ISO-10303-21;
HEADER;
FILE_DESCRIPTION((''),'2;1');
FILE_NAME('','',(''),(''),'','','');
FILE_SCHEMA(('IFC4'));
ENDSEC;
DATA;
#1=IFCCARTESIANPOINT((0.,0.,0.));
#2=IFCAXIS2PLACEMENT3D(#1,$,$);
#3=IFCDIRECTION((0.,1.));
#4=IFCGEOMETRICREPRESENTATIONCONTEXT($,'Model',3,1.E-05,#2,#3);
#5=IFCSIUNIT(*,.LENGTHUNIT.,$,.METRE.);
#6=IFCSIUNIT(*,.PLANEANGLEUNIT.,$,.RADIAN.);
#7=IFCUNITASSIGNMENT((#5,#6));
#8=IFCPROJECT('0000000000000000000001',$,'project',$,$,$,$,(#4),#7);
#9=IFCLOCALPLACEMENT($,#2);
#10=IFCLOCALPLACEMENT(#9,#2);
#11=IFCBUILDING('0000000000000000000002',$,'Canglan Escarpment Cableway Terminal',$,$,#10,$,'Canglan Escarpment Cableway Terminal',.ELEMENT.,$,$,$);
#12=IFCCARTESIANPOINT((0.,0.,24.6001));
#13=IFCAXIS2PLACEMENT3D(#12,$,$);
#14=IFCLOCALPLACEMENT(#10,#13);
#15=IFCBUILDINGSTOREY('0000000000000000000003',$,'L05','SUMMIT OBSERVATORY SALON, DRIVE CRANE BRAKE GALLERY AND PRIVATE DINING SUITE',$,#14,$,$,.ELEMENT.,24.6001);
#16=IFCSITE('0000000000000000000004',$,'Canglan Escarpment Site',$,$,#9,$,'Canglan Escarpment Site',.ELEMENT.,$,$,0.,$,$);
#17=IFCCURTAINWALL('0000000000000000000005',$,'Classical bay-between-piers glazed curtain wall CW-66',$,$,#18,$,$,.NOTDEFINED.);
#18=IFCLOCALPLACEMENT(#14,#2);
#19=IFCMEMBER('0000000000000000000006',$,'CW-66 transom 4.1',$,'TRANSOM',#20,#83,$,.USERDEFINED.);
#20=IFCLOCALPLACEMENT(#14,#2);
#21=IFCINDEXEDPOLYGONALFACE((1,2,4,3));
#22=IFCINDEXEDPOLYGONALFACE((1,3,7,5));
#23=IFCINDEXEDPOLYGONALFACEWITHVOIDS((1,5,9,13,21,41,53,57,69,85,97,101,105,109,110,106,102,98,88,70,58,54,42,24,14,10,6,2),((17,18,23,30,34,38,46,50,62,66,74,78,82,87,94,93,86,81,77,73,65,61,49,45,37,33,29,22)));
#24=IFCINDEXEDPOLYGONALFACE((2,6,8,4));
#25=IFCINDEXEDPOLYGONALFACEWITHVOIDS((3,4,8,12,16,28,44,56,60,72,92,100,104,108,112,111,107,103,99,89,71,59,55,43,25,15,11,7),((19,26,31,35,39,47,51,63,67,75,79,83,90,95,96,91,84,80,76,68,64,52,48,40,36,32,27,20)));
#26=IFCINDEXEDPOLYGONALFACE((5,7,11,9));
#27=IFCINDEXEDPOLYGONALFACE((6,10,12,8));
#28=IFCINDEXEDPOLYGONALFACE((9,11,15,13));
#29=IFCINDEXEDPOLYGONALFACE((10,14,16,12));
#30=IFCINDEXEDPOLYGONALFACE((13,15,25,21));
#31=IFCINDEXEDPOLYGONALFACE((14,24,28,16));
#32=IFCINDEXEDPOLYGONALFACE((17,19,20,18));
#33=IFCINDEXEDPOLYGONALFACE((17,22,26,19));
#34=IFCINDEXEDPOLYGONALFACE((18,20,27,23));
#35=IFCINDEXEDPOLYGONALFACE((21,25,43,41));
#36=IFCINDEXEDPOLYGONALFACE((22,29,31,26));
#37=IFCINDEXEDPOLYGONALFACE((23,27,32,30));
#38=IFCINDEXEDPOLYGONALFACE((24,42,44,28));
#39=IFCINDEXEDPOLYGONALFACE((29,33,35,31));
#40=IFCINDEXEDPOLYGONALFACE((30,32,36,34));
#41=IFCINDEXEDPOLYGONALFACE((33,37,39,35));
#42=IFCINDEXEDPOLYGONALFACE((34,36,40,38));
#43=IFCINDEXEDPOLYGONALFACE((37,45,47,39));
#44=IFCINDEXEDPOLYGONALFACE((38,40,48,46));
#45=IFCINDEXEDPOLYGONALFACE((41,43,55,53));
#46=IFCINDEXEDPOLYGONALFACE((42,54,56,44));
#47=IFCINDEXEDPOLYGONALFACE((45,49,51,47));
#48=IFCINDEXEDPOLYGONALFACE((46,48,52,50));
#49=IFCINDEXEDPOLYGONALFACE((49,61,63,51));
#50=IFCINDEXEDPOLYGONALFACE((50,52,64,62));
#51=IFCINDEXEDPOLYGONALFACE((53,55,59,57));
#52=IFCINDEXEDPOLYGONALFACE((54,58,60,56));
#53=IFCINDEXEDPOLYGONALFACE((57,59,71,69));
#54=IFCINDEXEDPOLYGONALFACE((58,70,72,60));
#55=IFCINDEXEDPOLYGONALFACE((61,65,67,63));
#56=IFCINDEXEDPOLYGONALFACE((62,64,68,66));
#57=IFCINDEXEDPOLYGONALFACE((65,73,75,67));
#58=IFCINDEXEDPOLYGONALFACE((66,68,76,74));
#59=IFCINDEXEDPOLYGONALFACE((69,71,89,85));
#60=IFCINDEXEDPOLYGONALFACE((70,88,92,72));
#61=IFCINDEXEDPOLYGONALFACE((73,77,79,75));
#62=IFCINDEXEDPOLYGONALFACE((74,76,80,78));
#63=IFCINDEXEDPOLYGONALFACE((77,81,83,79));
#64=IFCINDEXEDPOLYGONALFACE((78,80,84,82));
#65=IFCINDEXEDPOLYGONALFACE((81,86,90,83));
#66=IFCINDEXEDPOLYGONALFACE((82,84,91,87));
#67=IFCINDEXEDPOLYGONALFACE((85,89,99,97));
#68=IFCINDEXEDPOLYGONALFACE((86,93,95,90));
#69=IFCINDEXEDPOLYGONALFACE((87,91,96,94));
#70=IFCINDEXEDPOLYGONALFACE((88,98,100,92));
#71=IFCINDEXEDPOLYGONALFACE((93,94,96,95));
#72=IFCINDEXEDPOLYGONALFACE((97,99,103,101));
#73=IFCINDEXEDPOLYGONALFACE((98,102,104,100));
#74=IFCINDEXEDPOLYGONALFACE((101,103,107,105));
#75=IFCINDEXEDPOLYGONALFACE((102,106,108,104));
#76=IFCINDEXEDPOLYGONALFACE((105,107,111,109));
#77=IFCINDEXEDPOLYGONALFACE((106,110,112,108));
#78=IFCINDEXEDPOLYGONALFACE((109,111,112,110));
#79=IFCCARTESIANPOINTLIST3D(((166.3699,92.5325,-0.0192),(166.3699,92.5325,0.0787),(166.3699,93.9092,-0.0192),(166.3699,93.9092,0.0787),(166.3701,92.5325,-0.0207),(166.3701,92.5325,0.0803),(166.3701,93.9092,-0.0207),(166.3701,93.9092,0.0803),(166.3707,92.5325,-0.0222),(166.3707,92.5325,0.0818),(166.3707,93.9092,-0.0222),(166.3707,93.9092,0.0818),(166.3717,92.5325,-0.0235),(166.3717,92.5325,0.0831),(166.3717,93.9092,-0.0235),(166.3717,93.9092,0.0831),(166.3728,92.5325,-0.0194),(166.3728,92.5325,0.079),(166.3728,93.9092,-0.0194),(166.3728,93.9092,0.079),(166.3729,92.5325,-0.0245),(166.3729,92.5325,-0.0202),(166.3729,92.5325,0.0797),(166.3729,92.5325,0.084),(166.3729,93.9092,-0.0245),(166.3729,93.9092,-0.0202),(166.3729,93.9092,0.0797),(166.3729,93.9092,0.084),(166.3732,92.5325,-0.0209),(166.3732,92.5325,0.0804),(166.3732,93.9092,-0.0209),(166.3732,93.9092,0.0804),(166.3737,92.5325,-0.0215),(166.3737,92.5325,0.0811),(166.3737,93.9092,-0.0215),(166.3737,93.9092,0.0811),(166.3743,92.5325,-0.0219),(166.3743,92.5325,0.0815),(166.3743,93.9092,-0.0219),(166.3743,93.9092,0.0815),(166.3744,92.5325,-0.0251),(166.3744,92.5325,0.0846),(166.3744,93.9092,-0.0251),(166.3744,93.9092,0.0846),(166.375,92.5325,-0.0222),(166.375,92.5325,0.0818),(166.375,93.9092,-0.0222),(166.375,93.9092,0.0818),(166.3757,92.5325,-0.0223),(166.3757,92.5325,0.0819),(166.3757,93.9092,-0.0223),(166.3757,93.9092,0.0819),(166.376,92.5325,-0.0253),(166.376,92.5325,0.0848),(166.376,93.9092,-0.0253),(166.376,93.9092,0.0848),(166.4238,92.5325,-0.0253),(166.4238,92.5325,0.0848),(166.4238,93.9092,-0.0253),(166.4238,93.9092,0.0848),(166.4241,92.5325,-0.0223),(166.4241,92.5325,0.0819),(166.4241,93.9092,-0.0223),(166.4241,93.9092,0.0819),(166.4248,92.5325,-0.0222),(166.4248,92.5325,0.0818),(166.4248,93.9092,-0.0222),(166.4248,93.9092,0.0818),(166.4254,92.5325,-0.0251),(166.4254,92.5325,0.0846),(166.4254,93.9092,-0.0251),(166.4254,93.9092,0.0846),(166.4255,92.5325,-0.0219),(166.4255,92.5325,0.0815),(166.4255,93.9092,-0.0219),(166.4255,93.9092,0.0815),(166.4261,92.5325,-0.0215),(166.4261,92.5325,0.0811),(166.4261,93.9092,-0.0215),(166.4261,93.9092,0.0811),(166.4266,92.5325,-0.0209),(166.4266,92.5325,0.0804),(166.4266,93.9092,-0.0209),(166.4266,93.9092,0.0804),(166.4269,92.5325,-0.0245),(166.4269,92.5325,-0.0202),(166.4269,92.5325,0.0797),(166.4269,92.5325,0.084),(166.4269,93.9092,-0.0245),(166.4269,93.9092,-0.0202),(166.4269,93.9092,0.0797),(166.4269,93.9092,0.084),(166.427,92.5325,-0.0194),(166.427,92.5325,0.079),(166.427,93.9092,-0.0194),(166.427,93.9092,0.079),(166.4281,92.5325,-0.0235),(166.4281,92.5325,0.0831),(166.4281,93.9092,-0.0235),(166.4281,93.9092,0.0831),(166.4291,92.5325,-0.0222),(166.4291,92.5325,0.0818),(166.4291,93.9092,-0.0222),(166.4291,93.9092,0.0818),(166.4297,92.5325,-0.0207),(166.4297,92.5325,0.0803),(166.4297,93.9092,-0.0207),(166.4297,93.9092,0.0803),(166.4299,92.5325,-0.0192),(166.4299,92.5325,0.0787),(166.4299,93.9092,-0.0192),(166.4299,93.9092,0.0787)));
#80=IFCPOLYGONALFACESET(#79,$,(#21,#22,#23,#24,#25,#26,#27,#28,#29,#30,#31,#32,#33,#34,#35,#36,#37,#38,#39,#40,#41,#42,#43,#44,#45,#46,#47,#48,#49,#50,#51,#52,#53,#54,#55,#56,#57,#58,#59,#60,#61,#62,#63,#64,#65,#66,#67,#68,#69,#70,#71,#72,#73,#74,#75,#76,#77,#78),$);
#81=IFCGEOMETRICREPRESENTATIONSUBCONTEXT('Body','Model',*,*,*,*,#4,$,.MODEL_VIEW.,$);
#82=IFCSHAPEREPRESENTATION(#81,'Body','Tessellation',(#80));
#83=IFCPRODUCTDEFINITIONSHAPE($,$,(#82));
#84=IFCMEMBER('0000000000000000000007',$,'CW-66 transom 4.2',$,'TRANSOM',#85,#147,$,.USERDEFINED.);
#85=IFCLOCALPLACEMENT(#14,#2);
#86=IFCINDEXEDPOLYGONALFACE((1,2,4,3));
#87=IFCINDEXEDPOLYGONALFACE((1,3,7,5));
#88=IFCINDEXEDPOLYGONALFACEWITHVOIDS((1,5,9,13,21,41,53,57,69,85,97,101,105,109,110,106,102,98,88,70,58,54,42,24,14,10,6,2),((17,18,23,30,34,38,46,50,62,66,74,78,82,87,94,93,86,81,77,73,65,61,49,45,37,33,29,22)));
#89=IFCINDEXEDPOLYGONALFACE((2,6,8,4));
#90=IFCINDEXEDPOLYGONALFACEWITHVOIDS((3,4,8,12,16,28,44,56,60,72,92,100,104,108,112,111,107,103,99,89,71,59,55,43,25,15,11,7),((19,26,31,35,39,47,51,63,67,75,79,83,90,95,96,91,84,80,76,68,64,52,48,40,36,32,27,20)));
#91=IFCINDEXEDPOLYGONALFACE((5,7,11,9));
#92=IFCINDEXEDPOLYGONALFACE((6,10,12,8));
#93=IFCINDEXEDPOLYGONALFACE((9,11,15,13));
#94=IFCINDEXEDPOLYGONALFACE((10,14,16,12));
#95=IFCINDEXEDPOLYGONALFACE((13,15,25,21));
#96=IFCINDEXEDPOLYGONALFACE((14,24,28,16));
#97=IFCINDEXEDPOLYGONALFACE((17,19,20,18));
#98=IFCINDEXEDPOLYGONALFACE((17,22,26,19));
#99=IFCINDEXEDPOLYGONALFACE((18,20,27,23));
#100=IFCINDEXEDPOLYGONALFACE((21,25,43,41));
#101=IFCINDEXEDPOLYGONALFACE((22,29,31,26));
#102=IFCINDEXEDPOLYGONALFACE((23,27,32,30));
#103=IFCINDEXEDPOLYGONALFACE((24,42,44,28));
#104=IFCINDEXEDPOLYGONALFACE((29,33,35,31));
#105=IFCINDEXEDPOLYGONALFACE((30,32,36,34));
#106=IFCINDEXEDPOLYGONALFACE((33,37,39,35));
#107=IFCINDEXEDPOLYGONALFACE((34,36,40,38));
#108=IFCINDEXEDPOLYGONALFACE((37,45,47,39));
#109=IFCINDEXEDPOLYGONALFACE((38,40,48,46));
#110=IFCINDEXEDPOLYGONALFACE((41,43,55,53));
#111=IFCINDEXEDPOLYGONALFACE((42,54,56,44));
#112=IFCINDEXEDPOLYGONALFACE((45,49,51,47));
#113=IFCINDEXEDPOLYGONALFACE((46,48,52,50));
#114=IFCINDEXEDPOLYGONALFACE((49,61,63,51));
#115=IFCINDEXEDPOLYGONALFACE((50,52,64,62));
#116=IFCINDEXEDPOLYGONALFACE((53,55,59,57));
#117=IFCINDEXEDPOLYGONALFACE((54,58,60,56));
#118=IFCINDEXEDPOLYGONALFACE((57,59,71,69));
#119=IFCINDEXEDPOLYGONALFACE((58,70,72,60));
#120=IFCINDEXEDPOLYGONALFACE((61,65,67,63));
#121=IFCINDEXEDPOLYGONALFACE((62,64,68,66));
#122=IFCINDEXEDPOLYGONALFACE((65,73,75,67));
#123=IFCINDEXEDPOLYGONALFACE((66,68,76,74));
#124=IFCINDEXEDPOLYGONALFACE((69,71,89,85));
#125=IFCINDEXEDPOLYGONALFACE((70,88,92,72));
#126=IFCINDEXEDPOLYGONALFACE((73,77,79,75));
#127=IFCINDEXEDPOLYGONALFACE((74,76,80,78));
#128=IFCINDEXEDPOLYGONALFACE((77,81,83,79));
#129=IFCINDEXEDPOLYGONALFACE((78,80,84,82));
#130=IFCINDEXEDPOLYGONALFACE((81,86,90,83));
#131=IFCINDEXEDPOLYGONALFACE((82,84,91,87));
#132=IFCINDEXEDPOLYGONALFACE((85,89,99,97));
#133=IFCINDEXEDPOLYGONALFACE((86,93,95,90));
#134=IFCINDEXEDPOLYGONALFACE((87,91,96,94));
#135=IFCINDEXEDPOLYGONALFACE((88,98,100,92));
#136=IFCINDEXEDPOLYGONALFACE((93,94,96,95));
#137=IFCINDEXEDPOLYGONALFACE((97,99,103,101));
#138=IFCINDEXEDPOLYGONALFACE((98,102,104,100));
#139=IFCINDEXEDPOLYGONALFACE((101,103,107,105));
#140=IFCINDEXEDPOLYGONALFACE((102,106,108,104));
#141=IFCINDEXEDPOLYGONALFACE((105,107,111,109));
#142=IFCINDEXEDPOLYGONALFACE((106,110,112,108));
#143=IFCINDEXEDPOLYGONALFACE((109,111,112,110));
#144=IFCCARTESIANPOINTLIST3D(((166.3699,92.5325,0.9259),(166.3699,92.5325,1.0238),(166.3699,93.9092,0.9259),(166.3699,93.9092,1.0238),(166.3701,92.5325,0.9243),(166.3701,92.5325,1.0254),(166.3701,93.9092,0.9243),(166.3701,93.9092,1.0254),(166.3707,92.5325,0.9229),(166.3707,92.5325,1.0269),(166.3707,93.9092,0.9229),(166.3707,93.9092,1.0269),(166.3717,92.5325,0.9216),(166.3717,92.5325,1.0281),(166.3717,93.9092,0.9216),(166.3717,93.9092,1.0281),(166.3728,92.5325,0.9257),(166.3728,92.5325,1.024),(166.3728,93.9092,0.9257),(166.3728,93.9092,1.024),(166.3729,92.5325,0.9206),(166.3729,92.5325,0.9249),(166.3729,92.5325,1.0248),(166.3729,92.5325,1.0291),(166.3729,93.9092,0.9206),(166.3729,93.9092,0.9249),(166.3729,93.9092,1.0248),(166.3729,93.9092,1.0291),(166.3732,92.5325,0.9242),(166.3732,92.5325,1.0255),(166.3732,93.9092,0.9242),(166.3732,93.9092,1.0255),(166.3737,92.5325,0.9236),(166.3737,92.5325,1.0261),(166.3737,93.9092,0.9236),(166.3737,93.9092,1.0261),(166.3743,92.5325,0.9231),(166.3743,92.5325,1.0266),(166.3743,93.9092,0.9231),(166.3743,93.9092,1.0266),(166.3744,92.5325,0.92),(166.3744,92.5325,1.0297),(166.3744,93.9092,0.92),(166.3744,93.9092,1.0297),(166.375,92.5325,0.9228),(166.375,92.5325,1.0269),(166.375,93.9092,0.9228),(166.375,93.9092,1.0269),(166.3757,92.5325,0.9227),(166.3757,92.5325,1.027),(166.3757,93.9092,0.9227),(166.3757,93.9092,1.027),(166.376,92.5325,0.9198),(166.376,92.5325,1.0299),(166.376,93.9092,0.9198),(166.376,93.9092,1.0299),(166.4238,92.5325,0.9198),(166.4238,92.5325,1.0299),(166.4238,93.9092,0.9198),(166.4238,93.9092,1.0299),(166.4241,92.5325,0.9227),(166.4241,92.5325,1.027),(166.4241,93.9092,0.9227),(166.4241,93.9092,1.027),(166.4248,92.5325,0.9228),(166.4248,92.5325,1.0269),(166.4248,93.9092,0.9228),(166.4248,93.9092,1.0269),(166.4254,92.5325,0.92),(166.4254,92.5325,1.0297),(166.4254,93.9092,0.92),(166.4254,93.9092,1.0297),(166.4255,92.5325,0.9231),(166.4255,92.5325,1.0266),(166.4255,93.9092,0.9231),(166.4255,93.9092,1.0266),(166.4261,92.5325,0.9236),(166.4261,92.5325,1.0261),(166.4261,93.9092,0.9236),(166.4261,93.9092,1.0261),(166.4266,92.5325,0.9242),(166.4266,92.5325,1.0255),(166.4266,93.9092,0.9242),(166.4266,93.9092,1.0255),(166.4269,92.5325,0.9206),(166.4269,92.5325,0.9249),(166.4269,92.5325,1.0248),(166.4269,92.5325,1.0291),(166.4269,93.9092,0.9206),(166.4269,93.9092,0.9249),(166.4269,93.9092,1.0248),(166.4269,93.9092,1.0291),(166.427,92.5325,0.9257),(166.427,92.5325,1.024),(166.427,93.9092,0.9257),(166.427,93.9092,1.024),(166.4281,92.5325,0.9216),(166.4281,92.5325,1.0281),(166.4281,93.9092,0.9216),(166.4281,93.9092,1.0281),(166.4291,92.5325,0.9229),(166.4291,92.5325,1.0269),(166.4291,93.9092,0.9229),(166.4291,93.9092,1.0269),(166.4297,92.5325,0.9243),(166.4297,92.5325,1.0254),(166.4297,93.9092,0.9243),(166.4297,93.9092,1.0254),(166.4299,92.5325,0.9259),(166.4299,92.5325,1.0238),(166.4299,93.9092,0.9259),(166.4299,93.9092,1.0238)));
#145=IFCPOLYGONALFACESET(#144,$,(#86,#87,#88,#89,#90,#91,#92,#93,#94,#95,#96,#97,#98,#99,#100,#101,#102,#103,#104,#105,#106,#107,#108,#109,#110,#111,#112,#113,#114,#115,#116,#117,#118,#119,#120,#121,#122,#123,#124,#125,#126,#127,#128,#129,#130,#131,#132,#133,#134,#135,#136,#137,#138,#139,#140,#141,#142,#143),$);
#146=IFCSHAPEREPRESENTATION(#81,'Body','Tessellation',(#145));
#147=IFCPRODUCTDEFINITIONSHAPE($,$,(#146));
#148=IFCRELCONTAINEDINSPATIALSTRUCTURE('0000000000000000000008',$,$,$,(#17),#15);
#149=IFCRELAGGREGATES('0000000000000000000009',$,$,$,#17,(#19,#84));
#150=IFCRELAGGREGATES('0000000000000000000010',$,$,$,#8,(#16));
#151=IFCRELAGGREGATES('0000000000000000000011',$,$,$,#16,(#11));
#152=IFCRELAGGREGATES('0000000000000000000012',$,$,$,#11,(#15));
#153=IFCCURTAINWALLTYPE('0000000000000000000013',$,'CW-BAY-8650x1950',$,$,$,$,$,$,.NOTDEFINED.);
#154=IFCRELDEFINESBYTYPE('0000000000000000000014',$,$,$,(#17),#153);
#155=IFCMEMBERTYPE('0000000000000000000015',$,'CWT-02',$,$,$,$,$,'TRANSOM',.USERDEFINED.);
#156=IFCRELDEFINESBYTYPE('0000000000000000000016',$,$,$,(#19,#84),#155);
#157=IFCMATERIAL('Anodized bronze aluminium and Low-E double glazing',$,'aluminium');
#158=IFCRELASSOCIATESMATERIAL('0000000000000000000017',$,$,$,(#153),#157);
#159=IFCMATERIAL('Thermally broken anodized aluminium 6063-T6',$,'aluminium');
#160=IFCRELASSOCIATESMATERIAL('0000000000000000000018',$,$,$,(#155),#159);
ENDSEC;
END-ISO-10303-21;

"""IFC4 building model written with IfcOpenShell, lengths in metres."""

from ifc_helpers import new_model, si_unit, direction, frame, origin, origin_2d, place, context, subcontext, project, spatial, hollow_rectangle, extrude, material, material_profile, profile_set, type_object, element, aggregate, save


model = new_model("IFC4")

# Units and contexts
model_context = context("Model", 3, precision=1e-05, world=origin(), true_north=direction((0.0, 1.0)))
body_context = subcontext(model_context, "Body", "Model", "MODEL_VIEW")
ifc_project = project(units=[si_unit("LENGTHUNIT", "METRE"), si_unit("PLANEANGLEUNIT", "RADIAN")], contexts=[model_context])

# Site, building, storey
site_placement = place(None, origin())
site = spatial("IfcSite", under=ifc_project, at=site_placement, Name="Canglan Escarpment Site", LongName="Canglan Escarpment Site", CompositionType="ELEMENT", RefElevation=0.0)
building_placement = place(site_placement, origin())
building = spatial("IfcBuilding", under=site, at=building_placement, Name="Canglan Escarpment Cableway Terminal", LongName="Canglan Escarpment Cableway Terminal", CompositionType="ELEMENT")
storey_placement = place(building_placement, frame((0.0, 0.0, 24.6001)))
storey = spatial("IfcBuildingStorey", under=building, at=storey_placement, Name="L05", Description="SUMMIT OBSERVATORY SALON, DRIVE CRANE BRAKE GALLERY AND PRIVATE DINING SUITE", CompositionType="ELEMENT", Elevation=24.6001)

# Curtain wall
ifc_material_1 = material(Name="Anodized bronze aluminium and Low-E double glazing", Category="aluminium")
curtain_wall_type = type_object("IfcCurtainWallType", Name="CW-BAY-8650x1950", PredefinedType="NOTDEFINED", material=ifc_material_1)
curtain_wall_1_placement = place(storey_placement, origin())
curtain_wall_1 = element("IfcCurtainWall", 1, at=curtain_wall_1_placement, inside=storey, type_object=curtain_wall_type, Name="Classical bay-between-piers glazed curtain wall CW-66", PredefinedType="NOTDEFINED")
ifc_material_2 = material(Name="Thermally broken anodized aluminium 6063-T6", Category="aluminium")

# Members
ifc_material_profile_1 = material_profile(ifc_material_2, hollow_rectangle(XDim=0.0601, YDim=0.1101, WallThickness=0.0029, InnerFilletRadius=0.0029, OuterFilletRadius=0.0061, at=origin_2d()), Name="ALU-TRAN 60x110x3")
ifc_profile_set_1 = profile_set([ifc_material_profile_1], Name="Thermally broken anodized aluminium 6063-T6")
member_type_1 = type_object("IfcMemberType", Name="CWT-02", ElementType="TRANSOM", PredefinedType="USERDEFINED", material=ifc_profile_set_1)
member_1_placement = place(storey_placement, frame((166.3999, 92.5325, 0.0298), z_axis=(0.0, 1.0, 0.0), x_axis=(-1.0, 0.0, 0.0)))
member_1 = element("IfcMember", 2, at=member_1_placement, type_object=member_type_1, Name="CW-66 transom 4.1", ObjectType="TRANSOM", PredefinedType="USERDEFINED", context=body_context, shape_type="SweptSolid", body=[
    extrude(hollow_rectangle(XDim=0.0601, YDim=0.1101, WallThickness=0.0029, InnerFilletRadius=0.0029, OuterFilletRadius=0.0061, at=origin_2d()), origin(), (0.0, 0.0, 1.0), 1.3767),
])
member_2_placement = place(storey_placement, frame((166.3999, 92.5325, 0.9749), z_axis=(0.0, 1.0, 0.0), x_axis=(-1.0, 0.0, 0.0)))
member_2 = element("IfcMember", 3, at=member_2_placement, type_object=member_type_1, Name="CW-66 transom 4.2", ObjectType="TRANSOM", PredefinedType="USERDEFINED", context=body_context, shape_type="SweptSolid", body=[
    extrude(hollow_rectangle(XDim=0.0601, YDim=0.1101, WallThickness=0.0029, InnerFilletRadius=0.0029, OuterFilletRadius=0.0061, at=origin_2d()), origin(), (0.0, 0.0, 1.0), 1.3767),
])

aggregate(curtain_wall_1, [member_1, member_2])

save(model, "model.ifc")
